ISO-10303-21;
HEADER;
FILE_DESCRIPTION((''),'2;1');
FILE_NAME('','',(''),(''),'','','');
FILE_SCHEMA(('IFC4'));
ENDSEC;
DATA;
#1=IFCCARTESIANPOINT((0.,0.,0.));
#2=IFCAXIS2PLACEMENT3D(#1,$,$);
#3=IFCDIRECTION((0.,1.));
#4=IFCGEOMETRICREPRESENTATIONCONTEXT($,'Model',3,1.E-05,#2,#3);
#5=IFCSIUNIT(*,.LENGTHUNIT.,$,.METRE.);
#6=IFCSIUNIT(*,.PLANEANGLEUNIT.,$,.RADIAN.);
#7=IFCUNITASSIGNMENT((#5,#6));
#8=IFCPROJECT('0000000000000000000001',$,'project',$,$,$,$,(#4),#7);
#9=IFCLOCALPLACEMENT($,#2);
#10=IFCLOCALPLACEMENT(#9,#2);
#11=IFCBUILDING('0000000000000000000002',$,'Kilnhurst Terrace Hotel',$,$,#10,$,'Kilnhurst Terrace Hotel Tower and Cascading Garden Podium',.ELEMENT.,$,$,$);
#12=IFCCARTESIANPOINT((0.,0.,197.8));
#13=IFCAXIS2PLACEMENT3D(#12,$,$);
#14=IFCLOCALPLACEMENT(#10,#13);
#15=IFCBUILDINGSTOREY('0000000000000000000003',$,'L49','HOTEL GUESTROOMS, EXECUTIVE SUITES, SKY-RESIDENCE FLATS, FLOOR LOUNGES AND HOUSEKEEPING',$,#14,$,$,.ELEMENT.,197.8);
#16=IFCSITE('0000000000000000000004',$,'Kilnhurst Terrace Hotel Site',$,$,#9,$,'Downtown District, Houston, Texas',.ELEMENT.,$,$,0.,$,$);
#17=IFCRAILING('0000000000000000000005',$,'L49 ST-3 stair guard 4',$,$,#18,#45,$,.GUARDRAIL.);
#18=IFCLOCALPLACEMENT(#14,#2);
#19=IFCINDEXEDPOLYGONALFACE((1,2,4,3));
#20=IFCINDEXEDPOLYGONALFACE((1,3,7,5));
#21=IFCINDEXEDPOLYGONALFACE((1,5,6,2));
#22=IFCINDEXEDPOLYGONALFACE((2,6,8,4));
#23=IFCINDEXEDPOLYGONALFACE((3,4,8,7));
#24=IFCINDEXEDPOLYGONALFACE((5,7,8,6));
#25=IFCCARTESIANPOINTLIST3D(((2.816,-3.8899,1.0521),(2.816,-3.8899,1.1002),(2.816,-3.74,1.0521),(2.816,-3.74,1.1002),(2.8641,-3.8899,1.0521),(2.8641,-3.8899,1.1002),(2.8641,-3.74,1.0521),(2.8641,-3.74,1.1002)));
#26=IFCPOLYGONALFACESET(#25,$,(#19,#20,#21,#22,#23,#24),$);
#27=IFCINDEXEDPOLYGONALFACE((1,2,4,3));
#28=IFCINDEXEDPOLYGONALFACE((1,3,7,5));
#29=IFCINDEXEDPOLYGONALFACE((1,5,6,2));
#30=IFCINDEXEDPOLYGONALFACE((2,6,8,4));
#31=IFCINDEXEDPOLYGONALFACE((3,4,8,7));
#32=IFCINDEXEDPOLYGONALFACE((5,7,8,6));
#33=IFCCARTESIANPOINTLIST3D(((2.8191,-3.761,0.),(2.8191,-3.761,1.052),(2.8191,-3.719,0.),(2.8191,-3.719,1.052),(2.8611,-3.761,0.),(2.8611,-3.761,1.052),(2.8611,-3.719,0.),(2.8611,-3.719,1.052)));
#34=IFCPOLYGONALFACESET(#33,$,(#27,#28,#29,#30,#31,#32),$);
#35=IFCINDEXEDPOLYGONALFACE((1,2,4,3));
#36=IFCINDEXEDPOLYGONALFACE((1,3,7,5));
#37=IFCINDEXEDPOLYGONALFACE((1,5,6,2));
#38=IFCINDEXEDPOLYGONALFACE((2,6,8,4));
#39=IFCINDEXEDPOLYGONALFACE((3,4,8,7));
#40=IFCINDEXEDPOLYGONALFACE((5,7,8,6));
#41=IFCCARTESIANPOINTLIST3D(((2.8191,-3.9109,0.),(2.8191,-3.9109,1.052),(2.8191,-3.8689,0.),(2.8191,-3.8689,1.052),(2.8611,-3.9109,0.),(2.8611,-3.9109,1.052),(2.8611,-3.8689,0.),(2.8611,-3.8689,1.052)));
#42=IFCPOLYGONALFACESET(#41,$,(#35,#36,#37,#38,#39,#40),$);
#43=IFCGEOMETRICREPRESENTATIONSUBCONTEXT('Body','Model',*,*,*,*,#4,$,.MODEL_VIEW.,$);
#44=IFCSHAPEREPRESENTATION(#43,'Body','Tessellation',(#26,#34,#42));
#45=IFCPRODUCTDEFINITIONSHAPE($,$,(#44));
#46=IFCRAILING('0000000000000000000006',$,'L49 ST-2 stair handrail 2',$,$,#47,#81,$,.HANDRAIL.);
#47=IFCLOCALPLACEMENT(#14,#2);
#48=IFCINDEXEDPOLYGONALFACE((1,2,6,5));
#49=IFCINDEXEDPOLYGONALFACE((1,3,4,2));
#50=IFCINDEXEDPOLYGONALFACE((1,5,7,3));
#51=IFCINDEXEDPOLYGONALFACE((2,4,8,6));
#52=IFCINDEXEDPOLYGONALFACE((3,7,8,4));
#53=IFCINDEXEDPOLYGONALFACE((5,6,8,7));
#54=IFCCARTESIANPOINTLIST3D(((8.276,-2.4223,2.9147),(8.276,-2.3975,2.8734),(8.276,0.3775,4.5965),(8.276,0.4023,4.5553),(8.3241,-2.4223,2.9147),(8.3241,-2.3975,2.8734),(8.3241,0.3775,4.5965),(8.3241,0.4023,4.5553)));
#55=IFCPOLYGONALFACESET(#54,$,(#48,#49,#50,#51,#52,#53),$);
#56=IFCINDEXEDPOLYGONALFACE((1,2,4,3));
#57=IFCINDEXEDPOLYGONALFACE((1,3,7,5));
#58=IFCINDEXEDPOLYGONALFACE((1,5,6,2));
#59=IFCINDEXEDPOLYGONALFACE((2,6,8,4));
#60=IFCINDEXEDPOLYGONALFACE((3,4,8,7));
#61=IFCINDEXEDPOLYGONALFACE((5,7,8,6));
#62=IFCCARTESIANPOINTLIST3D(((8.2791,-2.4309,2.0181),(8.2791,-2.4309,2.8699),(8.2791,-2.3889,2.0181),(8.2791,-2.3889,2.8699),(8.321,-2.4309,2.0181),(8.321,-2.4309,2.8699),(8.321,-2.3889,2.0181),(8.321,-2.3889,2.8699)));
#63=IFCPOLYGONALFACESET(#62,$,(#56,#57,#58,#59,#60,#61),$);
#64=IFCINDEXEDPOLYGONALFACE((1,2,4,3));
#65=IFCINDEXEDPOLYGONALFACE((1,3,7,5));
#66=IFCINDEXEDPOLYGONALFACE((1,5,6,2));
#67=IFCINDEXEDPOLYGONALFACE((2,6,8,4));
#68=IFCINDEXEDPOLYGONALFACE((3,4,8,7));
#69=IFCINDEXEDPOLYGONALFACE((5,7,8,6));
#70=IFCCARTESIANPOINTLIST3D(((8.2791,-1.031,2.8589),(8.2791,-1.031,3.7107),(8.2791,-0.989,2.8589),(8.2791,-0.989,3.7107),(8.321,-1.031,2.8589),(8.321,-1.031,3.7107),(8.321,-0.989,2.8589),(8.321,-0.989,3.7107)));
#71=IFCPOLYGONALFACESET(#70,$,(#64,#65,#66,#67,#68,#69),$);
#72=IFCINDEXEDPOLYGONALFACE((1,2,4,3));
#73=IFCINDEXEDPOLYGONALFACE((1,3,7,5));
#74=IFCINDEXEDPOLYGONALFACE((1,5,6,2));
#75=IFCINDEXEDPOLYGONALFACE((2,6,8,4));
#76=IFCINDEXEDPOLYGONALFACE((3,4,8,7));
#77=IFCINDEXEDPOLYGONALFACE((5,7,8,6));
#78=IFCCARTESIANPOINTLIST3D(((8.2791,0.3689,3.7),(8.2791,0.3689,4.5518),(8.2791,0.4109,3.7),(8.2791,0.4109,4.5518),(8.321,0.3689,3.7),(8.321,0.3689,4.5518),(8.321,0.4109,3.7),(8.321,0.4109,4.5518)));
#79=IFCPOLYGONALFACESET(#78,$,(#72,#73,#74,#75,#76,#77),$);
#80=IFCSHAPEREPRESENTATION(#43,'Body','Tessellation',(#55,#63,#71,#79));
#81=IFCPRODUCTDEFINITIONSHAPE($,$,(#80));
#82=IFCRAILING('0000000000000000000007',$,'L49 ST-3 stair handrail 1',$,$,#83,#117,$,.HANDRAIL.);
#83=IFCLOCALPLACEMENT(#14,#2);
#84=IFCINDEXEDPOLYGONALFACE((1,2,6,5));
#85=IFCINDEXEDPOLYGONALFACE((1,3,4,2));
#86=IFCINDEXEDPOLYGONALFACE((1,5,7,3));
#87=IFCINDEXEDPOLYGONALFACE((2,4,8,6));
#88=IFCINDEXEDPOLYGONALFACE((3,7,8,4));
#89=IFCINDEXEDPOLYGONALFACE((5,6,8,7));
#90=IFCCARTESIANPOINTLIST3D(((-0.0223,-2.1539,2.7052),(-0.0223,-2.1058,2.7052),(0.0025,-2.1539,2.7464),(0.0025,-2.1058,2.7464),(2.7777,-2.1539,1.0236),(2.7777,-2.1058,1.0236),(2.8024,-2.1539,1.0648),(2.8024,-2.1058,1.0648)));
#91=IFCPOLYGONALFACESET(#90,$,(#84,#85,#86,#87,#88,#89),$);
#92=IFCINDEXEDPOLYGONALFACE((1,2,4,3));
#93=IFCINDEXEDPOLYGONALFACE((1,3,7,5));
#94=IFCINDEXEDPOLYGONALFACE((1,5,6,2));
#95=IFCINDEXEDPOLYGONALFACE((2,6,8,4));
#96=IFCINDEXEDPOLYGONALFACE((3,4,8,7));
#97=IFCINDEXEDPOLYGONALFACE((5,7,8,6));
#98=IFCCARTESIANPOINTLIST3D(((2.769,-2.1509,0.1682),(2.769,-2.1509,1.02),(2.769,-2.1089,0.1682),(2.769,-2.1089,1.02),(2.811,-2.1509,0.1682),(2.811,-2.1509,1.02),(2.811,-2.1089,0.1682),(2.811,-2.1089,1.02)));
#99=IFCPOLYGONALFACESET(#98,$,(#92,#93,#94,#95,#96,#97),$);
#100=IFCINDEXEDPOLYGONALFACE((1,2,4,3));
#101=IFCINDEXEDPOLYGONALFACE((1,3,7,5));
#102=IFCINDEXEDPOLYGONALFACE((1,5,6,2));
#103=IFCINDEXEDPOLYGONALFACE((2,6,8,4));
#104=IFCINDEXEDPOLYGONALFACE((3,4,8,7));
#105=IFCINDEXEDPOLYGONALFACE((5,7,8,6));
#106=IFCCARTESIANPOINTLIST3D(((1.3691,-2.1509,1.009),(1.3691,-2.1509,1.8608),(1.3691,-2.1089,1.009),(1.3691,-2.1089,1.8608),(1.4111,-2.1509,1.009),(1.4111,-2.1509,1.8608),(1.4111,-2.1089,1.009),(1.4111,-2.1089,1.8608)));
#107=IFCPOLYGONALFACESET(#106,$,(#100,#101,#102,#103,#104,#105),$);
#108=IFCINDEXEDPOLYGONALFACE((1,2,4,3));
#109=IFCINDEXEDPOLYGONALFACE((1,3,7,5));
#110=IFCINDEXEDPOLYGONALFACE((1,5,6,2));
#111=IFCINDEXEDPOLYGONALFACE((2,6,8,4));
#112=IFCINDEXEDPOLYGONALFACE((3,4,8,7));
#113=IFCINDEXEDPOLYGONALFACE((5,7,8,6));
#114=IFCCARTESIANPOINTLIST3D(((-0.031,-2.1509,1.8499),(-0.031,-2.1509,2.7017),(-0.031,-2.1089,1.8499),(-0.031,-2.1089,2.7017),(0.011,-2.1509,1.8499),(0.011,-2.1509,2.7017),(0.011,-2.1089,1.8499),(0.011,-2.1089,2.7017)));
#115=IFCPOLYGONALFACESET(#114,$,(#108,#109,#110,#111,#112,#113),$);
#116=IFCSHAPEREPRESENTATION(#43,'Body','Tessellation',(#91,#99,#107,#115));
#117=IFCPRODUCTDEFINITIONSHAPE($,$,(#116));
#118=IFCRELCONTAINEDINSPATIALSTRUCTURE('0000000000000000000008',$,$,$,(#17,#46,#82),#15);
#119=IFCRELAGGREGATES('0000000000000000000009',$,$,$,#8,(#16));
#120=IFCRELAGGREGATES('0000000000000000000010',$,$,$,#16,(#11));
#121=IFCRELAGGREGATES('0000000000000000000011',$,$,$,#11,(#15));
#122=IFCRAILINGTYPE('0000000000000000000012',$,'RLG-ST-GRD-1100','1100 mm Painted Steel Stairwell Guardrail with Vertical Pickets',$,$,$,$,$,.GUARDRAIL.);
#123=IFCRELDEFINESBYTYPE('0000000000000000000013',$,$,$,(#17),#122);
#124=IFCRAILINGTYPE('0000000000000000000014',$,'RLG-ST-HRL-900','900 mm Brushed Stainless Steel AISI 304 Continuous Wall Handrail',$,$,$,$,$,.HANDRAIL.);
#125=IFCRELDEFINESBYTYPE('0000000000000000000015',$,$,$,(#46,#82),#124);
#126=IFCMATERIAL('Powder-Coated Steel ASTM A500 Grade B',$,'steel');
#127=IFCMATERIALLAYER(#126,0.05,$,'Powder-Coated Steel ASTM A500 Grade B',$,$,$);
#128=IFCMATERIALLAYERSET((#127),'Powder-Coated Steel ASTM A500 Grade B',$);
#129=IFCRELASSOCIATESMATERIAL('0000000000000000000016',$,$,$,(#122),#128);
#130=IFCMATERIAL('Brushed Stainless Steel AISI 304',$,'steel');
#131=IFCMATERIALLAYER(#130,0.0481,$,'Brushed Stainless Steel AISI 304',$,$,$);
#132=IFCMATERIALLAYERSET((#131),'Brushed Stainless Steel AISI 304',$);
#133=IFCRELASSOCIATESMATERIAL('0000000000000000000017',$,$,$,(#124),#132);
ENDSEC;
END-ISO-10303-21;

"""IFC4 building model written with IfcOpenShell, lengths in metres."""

from ifc_helpers import new_model, si_unit, direction, frame, origin, origin_2d, place, context, subcontext, project, spatial, rectangle, extrude, material, layer, layer_set, type_object, element, save


model = new_model("IFC4")

# Units and contexts
model_context = context("Model", 3, precision=1e-05, world=origin(), true_north=direction((0.0, 1.0)))
body_context = subcontext(model_context, "Body", "Model", "MODEL_VIEW")
ifc_project = project(units=[si_unit("LENGTHUNIT", "METRE"), si_unit("PLANEANGLEUNIT", "RADIAN")], contexts=[model_context])

# Site, building, storey
site_placement = place(None, origin())
site = spatial("IfcSite", under=ifc_project, at=site_placement, Name="Kilnhurst Terrace Hotel Site", LongName="Downtown District, Houston, Texas", CompositionType="ELEMENT", RefElevation=0.0)
building_placement = place(site_placement, origin())
building = spatial("IfcBuilding", under=site, at=building_placement, Name="Kilnhurst Terrace Hotel", LongName="Kilnhurst Terrace Hotel Tower and Cascading Garden Podium", CompositionType="ELEMENT")
storey_placement = place(building_placement, frame((0.0, 0.0, 197.8)))
storey = spatial("IfcBuildingStorey", under=building, at=storey_placement, Name="L49", Description="HOTEL GUESTROOMS, EXECUTIVE SUITES, SKY-RESIDENCE FLATS, FLOOR LOUNGES AND HOUSEKEEPING", CompositionType="ELEMENT", Elevation=197.8)

# Railings
ifc_material_1 = material(Name="Powder-Coated Steel ASTM A500 Grade B", Category="steel")
ifc_layer_1 = layer(ifc_material_1, 0.05, Name="Powder-Coated Steel ASTM A500 Grade B")
ifc_layer_set_1 = layer_set([ifc_layer_1], Name="Powder-Coated Steel ASTM A500 Grade B")
railing_type_1 = type_object("IfcRailingType", Name="RLG-ST-GRD-1100", Description="1100 mm Painted Steel Stairwell Guardrail with Vertical Pickets", PredefinedType="GUARDRAIL", material=ifc_layer_set_1)
railing_1_placement = place(storey_placement, frame((2.8401, -3.74, 0.0)))
element("IfcRailing", 1, at=railing_1_placement, inside=storey, type_object=railing_type_1, Name="L49 ST-3 stair guard 4", PredefinedType="GUARDRAIL", context=body_context, shape_type="SweptSolid", body=[
    extrude(rectangle(XDim=0.0481, YDim=0.0481, at=origin_2d()), frame((0.0, 0.0, 1.0762), z_axis=(0.0, -1.0, 0.0), x_axis=(1.0, 0.0, 0.0)), (0.0, 0.0, 1.0), 0.1499),
    extrude(rectangle(XDim=0.042, YDim=0.042, at=origin_2d()), origin(), (0.0, 0.0, 1.0), 1.052),
    extrude(rectangle(XDim=0.042, YDim=0.042, at=origin_2d()), frame((0.0, -0.1499, 0.0)), (0.0, 0.0, 1.0), 1.052),
])
ifc_material_2 = material(Name="Brushed Stainless Steel AISI 304", Category="steel")
ifc_layer_2 = layer(ifc_material_2, 0.0481, Name="Brushed Stainless Steel AISI 304")
ifc_layer_set_2 = layer_set([ifc_layer_2], Name="Brushed Stainless Steel AISI 304")
railing_type_2 = type_object("IfcRailingType", Name="RLG-ST-HRL-900", Description="900 mm Brushed Stainless Steel AISI 304 Continuous Wall Handrail", PredefinedType="HANDRAIL", material=ifc_layer_set_2)
railing_2_placement = place(storey_placement, frame((8.3, -2.4099, 2.0181)))
element("IfcRailing", 2, at=railing_2_placement, inside=storey, type_object=railing_type_2, Name="L49 ST-2 stair handrail 2", PredefinedType="HANDRAIL", context=body_context, shape_type="SweptSolid", body=[
    extrude(rectangle(XDim=0.0481, YDim=0.0481, at=origin_2d()), frame((0.0, 0.0, 0.876), z_axis=(0.0, 0.857222, 0.514946), x_axis=(-1.0, 0.0, 0.0)), (0.0, 0.0, 1.0), 3.2661),
    extrude(rectangle(XDim=0.042, YDim=0.042, at=origin_2d()), origin(), (0.0, 0.0, 1.0), 0.8518),
    extrude(rectangle(XDim=0.042, YDim=0.042, at=origin_2d()), frame((0.0, 1.3999, 0.8408)), (0.0, 0.0, 1.0), 0.8518),
    extrude(rectangle(XDim=0.042, YDim=0.042, at=origin_2d()), frame((0.0, 2.7998, 1.6819)), (0.0, 0.0, 1.0), 0.8518),
])
railing_3_placement = place(storey_placement, frame((2.79, -2.1299, 0.1682)))
element("IfcRailing", 3, at=railing_3_placement, inside=storey, type_object=railing_type_2, Name="L49 ST-3 stair handrail 1", PredefinedType="HANDRAIL", context=body_context, shape_type="SweptSolid", body=[
    extrude(rectangle(XDim=0.0481, YDim=0.0481, at=origin_2d()), frame((0.0, 0.0, 0.876), z_axis=(-0.857275, 0.0, 0.514858), x_axis=(0.0, -1.0, 0.0)), (0.0, 0.0, 1.0), 3.2661),
    extrude(rectangle(XDim=0.042, YDim=0.042, at=origin_2d()), origin(), (0.0, 0.0, 1.0), 0.8518),
    extrude(rectangle(XDim=0.042, YDim=0.042, at=origin_2d()), frame((-1.3999, 0.0, 0.8408)), (0.0, 0.0, 1.0), 0.8518),
    extrude(rectangle(XDim=0.042, YDim=0.042, at=origin_2d()), frame((-2.8, 0.0, 1.6816)), (0.0, 0.0, 1.0), 0.8518),
])

save(model, "model.ifc")
